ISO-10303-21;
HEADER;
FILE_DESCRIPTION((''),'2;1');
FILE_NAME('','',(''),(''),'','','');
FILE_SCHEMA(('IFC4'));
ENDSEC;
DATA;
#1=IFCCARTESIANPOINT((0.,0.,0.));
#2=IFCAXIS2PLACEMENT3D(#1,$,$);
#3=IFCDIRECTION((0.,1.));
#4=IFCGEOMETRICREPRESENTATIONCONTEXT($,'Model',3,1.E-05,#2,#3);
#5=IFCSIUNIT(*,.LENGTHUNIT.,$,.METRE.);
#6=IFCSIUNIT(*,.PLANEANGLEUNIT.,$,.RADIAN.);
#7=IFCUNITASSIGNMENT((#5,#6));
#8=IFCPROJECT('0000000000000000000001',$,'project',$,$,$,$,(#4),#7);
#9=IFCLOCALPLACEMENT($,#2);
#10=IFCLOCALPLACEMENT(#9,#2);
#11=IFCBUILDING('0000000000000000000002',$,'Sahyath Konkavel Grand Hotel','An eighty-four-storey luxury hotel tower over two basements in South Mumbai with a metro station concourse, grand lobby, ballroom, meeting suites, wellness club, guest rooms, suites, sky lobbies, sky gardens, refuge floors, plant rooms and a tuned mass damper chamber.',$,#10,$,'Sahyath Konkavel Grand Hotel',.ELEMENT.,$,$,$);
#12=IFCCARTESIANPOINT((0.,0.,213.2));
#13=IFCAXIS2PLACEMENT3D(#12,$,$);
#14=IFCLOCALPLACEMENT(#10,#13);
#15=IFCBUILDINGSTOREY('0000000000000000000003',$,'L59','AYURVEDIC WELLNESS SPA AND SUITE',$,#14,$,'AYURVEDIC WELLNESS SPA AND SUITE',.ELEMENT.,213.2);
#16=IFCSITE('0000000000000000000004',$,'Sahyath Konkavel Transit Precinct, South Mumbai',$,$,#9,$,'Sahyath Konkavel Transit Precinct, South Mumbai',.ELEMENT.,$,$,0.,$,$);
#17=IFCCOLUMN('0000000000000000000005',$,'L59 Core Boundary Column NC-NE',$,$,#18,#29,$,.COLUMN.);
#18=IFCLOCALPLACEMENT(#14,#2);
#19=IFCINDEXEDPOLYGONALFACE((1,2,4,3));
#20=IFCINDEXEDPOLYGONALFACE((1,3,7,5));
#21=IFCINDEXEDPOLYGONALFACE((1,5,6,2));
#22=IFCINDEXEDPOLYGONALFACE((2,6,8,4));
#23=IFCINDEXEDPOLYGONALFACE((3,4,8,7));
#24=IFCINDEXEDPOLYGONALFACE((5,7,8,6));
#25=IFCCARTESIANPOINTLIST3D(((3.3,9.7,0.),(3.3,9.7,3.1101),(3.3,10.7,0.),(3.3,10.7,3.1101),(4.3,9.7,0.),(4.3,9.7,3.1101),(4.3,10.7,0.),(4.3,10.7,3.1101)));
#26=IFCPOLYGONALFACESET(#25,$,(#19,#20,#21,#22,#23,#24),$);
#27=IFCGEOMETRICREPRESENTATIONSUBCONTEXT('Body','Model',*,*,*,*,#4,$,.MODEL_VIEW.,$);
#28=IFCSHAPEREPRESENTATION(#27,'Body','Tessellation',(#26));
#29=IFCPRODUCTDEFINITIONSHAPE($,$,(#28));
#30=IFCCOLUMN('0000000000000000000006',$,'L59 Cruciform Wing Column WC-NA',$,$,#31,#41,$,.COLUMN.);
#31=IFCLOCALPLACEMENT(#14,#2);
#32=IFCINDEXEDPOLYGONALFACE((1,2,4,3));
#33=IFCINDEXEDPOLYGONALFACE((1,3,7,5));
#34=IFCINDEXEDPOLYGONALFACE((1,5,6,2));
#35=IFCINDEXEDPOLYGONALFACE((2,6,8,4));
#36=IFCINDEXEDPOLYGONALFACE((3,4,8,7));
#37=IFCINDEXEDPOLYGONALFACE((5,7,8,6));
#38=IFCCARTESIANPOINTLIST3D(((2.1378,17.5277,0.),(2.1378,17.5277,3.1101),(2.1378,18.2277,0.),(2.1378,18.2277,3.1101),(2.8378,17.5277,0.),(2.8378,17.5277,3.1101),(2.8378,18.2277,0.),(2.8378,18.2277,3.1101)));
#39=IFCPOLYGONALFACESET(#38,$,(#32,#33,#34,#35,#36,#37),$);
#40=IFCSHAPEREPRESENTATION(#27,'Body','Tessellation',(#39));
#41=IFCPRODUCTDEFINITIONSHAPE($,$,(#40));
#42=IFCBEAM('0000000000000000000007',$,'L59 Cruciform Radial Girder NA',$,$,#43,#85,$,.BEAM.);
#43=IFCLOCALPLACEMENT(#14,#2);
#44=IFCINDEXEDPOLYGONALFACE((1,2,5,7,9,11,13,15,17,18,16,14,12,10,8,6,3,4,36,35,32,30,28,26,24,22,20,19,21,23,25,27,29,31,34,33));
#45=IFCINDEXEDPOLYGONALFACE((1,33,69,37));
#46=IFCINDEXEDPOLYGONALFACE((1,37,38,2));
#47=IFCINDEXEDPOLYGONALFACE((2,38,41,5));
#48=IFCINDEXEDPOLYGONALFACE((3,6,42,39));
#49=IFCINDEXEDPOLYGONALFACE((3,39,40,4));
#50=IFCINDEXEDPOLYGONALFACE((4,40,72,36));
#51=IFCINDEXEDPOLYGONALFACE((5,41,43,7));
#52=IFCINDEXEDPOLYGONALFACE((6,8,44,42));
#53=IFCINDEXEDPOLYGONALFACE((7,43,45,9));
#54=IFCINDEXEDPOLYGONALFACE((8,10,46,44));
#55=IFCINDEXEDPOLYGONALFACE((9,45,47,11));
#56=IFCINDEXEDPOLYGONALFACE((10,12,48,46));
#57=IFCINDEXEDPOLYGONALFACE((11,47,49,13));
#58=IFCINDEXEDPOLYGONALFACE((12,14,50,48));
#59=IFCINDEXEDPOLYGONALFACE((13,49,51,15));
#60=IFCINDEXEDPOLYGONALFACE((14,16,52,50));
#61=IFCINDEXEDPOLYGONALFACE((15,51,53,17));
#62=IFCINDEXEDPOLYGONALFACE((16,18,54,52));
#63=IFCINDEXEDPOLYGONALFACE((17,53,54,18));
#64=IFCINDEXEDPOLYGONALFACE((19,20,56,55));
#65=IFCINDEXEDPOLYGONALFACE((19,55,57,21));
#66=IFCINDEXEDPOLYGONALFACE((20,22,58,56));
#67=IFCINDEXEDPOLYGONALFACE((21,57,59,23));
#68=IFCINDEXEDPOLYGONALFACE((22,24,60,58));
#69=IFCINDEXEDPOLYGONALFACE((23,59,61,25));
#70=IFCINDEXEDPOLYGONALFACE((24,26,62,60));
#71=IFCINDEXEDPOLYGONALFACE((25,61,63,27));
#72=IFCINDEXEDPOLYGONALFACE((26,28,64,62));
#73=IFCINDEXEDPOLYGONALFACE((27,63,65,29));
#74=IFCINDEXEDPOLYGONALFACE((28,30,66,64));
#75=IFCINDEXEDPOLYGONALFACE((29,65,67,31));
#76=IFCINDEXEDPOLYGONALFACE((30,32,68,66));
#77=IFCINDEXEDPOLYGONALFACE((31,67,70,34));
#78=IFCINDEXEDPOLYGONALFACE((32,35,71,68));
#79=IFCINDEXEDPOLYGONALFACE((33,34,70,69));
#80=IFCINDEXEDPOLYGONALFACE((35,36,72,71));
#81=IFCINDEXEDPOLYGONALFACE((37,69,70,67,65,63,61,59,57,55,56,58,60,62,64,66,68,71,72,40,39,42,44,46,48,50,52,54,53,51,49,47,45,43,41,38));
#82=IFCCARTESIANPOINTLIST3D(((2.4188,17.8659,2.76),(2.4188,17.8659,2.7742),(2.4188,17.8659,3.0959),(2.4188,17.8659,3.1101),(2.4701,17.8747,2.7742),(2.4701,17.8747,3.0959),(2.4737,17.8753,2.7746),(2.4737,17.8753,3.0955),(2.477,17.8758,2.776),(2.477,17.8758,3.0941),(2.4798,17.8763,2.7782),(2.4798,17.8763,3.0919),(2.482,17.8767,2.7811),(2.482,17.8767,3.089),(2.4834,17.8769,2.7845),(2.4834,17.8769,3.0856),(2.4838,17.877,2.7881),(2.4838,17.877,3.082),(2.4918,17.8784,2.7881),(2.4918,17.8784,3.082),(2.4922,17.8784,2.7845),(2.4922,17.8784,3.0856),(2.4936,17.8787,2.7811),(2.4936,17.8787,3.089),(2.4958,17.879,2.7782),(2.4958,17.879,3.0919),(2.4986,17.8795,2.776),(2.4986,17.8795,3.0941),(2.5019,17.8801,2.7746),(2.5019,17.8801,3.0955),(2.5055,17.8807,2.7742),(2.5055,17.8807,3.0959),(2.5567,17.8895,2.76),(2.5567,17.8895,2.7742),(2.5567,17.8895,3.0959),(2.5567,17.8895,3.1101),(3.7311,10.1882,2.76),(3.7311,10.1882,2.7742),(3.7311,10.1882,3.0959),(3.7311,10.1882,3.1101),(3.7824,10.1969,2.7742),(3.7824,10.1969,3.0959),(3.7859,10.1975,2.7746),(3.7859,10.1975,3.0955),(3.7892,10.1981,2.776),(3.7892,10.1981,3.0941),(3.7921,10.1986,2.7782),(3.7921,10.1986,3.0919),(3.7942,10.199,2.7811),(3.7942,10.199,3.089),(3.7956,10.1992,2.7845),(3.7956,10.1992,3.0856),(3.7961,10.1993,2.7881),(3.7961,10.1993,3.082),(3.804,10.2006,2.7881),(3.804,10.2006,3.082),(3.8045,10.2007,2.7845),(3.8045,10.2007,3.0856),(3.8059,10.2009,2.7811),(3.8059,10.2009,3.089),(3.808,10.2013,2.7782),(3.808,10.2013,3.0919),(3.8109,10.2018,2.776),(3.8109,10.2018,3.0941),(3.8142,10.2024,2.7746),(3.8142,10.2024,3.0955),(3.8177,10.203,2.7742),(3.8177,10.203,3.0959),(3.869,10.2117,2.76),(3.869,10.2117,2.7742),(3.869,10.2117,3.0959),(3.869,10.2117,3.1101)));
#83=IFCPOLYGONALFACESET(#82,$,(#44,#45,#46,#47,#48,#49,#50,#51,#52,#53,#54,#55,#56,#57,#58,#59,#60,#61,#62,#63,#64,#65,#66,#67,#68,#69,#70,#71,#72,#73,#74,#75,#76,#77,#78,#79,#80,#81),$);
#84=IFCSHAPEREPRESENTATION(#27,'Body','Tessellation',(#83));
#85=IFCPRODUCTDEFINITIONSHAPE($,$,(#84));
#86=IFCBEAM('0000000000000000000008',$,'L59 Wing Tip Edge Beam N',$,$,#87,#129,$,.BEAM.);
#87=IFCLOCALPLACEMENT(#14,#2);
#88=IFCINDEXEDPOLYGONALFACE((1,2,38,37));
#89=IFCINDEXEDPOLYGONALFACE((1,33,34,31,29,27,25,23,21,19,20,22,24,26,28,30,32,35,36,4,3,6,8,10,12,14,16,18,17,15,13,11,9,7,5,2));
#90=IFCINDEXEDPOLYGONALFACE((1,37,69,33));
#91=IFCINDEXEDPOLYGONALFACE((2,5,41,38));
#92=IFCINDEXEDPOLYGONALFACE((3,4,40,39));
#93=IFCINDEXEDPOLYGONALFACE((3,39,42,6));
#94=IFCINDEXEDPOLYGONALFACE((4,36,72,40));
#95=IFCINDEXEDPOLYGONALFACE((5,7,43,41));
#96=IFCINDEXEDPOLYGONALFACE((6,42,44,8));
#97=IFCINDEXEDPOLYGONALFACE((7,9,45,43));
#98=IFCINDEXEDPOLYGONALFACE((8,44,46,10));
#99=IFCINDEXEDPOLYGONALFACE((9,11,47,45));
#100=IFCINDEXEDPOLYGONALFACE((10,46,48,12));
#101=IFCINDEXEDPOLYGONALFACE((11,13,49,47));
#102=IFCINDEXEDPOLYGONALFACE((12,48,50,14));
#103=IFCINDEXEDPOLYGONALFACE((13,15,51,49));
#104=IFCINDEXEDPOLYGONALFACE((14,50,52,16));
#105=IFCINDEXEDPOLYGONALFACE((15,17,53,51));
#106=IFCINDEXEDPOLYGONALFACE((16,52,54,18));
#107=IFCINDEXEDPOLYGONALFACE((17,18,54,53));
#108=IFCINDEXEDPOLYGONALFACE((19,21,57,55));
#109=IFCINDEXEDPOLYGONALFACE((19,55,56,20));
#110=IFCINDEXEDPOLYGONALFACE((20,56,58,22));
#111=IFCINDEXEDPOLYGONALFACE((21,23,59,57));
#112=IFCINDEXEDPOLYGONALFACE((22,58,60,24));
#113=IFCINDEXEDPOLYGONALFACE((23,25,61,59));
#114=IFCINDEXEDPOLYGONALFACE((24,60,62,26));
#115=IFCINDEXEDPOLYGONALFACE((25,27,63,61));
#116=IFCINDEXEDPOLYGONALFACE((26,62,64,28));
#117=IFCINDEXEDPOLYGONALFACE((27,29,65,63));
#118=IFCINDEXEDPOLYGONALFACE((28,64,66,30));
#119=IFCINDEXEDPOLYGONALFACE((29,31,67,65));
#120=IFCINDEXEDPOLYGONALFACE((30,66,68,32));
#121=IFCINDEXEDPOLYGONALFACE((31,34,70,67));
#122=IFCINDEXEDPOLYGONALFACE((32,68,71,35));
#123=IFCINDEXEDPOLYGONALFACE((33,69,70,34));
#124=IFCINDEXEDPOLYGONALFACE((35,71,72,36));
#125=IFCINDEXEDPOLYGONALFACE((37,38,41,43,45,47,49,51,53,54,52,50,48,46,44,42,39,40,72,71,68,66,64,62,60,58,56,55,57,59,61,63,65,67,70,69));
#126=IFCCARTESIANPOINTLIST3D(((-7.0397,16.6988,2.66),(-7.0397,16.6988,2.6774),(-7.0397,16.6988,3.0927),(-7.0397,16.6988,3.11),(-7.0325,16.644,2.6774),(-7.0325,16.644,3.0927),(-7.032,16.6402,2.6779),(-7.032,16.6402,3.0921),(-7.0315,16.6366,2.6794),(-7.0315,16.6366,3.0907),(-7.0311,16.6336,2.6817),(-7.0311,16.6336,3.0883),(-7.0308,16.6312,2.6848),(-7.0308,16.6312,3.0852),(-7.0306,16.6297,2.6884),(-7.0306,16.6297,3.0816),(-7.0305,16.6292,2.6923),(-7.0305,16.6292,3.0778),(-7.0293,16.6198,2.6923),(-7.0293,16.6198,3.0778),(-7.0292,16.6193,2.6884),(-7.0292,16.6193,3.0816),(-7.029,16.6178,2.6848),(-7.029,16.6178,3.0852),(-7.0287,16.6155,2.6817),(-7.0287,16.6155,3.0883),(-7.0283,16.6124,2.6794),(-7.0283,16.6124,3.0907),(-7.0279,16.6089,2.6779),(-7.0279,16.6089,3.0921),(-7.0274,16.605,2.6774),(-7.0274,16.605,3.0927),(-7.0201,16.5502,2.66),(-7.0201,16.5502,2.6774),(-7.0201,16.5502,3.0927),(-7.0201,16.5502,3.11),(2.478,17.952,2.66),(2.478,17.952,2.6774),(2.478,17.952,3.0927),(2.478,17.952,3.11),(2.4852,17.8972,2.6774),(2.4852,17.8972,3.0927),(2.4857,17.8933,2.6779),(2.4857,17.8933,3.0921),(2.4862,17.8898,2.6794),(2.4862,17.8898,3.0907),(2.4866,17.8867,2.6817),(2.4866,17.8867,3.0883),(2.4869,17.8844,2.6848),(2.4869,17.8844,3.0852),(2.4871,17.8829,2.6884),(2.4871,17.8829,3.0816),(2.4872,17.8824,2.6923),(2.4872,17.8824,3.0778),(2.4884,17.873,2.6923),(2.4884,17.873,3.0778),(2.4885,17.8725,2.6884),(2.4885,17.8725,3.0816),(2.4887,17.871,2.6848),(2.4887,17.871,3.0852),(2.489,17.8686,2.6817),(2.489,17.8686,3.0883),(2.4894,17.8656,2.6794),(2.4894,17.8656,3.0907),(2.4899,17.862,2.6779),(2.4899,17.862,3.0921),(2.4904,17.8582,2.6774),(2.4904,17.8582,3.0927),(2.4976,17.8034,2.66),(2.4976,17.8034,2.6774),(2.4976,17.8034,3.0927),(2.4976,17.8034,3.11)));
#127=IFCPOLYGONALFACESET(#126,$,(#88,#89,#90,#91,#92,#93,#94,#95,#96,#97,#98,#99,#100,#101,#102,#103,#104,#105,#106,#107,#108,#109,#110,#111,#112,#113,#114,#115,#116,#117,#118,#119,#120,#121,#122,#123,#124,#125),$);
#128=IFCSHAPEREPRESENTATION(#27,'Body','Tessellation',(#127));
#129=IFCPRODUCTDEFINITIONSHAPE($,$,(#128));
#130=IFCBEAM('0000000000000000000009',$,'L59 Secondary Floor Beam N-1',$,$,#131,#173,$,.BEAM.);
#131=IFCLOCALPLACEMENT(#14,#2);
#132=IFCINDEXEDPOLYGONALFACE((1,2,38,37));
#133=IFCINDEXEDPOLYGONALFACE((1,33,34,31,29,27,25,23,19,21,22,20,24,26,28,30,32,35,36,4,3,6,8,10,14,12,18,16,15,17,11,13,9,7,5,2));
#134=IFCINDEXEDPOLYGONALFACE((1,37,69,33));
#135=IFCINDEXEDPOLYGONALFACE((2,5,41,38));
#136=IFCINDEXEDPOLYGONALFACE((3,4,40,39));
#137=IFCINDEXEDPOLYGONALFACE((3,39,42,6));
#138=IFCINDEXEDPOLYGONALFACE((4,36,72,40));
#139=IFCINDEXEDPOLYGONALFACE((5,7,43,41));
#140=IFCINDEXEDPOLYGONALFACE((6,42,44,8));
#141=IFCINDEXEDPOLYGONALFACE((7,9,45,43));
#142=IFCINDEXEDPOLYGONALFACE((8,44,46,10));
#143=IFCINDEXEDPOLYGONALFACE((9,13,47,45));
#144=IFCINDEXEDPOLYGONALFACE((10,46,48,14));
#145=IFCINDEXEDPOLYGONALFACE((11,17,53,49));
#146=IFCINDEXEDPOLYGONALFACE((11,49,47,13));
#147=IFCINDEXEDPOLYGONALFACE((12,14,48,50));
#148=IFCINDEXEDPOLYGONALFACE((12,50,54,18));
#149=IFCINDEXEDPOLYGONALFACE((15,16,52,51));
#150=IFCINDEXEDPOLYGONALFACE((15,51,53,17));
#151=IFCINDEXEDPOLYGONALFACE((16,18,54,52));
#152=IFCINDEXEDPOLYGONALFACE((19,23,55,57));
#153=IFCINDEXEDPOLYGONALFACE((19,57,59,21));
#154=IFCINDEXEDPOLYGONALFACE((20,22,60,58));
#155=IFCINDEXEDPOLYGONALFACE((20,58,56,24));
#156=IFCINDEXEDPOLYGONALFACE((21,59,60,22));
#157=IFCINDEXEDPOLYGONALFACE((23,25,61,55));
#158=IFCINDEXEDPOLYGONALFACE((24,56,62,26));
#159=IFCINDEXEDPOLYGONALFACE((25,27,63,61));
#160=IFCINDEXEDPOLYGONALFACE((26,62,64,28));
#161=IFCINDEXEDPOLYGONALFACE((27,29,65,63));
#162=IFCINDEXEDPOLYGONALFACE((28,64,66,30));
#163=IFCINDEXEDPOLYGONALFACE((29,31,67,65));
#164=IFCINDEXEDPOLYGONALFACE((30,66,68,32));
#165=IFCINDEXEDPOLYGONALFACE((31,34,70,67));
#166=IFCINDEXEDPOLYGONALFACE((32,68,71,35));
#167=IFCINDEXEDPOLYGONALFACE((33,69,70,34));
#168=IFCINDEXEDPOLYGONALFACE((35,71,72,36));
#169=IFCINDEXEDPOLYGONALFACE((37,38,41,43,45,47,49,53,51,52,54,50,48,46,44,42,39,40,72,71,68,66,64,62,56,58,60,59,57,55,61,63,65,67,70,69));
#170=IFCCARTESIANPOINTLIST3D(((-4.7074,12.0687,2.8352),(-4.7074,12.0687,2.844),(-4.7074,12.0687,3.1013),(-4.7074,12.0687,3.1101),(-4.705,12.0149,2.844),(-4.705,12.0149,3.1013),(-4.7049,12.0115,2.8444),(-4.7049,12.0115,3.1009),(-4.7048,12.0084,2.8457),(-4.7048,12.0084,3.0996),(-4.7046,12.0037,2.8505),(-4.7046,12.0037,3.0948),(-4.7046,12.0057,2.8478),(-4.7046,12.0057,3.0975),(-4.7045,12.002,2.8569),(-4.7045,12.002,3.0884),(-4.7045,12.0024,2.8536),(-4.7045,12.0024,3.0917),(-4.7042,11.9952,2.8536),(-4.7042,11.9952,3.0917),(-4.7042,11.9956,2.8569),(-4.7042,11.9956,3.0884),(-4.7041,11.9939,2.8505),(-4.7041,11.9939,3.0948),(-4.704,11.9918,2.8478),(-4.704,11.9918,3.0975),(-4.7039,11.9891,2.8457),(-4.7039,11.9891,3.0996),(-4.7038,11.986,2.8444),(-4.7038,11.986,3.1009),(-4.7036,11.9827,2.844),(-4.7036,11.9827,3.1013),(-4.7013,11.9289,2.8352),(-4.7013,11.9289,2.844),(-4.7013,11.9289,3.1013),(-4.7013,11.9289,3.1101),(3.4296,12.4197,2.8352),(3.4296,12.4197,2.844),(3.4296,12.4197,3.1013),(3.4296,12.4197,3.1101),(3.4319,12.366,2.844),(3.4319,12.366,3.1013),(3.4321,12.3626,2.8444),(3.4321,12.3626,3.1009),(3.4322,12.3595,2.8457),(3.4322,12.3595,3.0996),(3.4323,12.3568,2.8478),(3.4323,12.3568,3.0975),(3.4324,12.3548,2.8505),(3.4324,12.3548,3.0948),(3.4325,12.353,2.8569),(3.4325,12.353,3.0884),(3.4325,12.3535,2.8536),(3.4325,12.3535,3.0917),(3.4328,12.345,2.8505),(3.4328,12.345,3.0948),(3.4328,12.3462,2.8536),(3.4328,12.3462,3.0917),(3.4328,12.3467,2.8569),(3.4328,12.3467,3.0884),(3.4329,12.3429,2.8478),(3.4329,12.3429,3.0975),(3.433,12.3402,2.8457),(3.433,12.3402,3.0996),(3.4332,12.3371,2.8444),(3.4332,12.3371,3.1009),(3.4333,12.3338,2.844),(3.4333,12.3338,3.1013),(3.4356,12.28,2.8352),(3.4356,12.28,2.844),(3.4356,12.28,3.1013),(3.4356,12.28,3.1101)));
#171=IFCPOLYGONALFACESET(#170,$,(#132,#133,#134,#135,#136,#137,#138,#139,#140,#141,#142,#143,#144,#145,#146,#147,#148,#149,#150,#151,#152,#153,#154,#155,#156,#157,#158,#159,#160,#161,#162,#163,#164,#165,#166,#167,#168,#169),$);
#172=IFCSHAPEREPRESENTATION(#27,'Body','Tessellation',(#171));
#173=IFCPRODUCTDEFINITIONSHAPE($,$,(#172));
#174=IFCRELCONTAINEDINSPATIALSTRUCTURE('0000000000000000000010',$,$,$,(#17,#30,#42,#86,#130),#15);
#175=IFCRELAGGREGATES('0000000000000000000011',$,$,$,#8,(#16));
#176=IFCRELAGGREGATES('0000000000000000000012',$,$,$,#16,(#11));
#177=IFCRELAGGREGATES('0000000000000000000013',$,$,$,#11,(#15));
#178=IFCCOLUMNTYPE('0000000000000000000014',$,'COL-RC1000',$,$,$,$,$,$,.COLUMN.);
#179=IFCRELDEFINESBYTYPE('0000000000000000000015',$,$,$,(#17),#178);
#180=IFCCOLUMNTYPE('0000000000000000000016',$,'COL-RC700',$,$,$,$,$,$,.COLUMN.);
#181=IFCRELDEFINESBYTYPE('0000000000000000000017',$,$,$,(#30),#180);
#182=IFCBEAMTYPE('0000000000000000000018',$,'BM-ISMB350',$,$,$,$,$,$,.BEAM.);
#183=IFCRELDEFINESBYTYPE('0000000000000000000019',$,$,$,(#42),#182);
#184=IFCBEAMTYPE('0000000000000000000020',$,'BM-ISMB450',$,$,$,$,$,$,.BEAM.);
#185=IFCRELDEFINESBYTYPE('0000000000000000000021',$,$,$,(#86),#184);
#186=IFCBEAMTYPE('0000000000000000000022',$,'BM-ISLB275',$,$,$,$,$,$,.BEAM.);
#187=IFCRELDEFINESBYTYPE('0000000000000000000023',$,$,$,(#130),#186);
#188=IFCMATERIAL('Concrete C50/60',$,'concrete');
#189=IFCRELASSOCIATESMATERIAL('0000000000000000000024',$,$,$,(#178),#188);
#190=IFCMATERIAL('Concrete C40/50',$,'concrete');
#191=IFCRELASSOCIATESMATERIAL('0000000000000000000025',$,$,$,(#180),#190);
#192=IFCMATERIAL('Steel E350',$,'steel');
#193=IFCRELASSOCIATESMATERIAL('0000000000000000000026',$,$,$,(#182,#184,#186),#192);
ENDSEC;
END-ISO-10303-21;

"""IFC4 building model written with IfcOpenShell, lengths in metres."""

from ifc_helpers import new_model, si_unit, direction, frame, origin, origin_2d, place, context, subcontext, project, spatial, rectangle, i_section, extrude, source, transform, mapped, material, material_profile, profile_set, type_object, element, save


model = new_model("IFC4")

# Units and contexts
model_context = context("Model", 3, precision=1e-05, world=origin(), true_north=direction((0.0, 1.0)))
body_context = subcontext(model_context, "Body", "Model", "MODEL_VIEW")
ifc_project = project(units=[si_unit("LENGTHUNIT", "METRE"), si_unit("PLANEANGLEUNIT", "RADIAN")], contexts=[model_context])

# Site, building, storey
site_placement = place(None, origin())
site = spatial("IfcSite", under=ifc_project, at=site_placement, Name="Sahyath Konkavel Transit Precinct, South Mumbai", LongName="Sahyath Konkavel Transit Precinct, South Mumbai", CompositionType="ELEMENT", RefElevation=0.0)
building_placement = place(site_placement, origin())
building = spatial("IfcBuilding", under=site, at=building_placement, Name="Sahyath Konkavel Grand Hotel", Description="An eighty-four-storey luxury hotel tower over two basements in South Mumbai with a metro station concourse, grand lobby, ballroom, meeting suites, wellness club, guest rooms, suites, sky lobbies, sky gardens, refuge floors, plant rooms and a tuned mass damper chamber.", LongName="Sahyath Konkavel Grand Hotel", CompositionType="ELEMENT")
storey_placement = place(building_placement, frame((0.0, 0.0, 213.2)))
storey = spatial("IfcBuildingStorey", under=building, at=storey_placement, Name="L59", Description="AYURVEDIC WELLNESS SPA AND SUITE", LongName="AYURVEDIC WELLNESS SPA AND SUITE", CompositionType="ELEMENT", Elevation=213.2)

# Columns
ifc_material_1 = material(Name="Concrete C50/60", Category="concrete")
ifc_material_profile_1 = material_profile(ifc_material_1, rectangle(XDim=1.0, YDim=1.0, at=origin_2d()), Name="RC 1000x1000")
ifc_profile_set_1 = profile_set([ifc_material_profile_1], Name="Concrete C50/60")
column_type_1 = type_object("IfcColumnType", Name="COL-RC1000", PredefinedType="COLUMN", material=ifc_profile_set_1)
shared_shape_1 = source(origin(), body_context, "Body", "SweptSolid", [
    extrude(rectangle(XDim=1.0, YDim=1.0, at=origin_2d()), origin(), (0.0, 0.0, 1.0), 3.1101),
])
column_1_placement = place(storey_placement, frame((3.8, 10.2, 0.0), z_axis=(0.0, 0.0, 1.0), x_axis=(1.0, 0.0, 0.0)))
element("IfcColumn", 1, at=column_1_placement, inside=storey, type_object=column_type_1, Name="L59 Core Boundary Column NC-NE", PredefinedType="COLUMN", context=body_context, shape_type="MappedRepresentation", body=[
    mapped(shared_shape_1, transform((0.0, 0.0, 0.0), scale=1.0)),
])
ifc_material_2 = material(Name="Concrete C40/50", Category="concrete")
ifc_material_profile_2 = material_profile(ifc_material_2, rectangle(XDim=0.7, YDim=0.7, at=origin_2d()), Name="RC 700x700")
ifc_profile_set_2 = profile_set([ifc_material_profile_2], Name="Concrete C40/50")
column_type_2 = type_object("IfcColumnType", Name="COL-RC700", PredefinedType="COLUMN", material=ifc_profile_set_2)
shared_shape_2 = source(origin(), body_context, "Body", "SweptSolid", [
    extrude(rectangle(XDim=0.7, YDim=0.7, at=origin_2d()), origin(), (0.0, 0.0, 1.0), 3.1101),
])
column_2_placement = place(storey_placement, frame((2.4878, 17.8777, 0.0), z_axis=(0.0, 0.0, 1.0), x_axis=(1.0, 0.0, 0.0)))
element("IfcColumn", 2, at=column_2_placement, inside=storey, type_object=column_type_2, Name="L59 Cruciform Wing Column WC-NA", PredefinedType="COLUMN", context=body_context, shape_type="MappedRepresentation", body=[
    mapped(shared_shape_2, transform((0.0, 0.0, 0.0), scale=1.0)),
])

# Beams
ifc_material_3 = material(Name="Steel E350", Category="steel")
ifc_material_profile_3 = material_profile(ifc_material_3, i_section(OverallWidth=0.1399, OverallDepth=0.3501, WebThickness=0.0081, FlangeThickness=0.0142, FilletRadius=0.0139, at=origin_2d()), Name="ISMB 350")
ifc_profile_set_3 = profile_set([ifc_material_profile_3], Name="Steel E350")
beam_type_1 = type_object("IfcBeamType", Name="BM-ISMB350", PredefinedType="BEAM", material=ifc_profile_set_3)
shared_shape_3 = source(origin(), body_context, "Body", "SweptSolid", [
    extrude(i_section(OverallWidth=0.1399, OverallDepth=0.3501, WebThickness=0.0081, FlangeThickness=0.0142, FilletRadius=0.0139, at=origin_2d()), origin(), (0.0, 0.0, 1.0), 7.7891),
])
beam_1_placement = place(storey_placement, frame((3.8, 10.2, 2.9351), z_axis=(-0.168474, 0.985706, 0.0), x_axis=(-0.985706, -0.168474, 0.0)))
element("IfcBeam", 3, at=beam_1_placement, inside=storey, type_object=beam_type_1, Name="L59 Cruciform Radial Girder NA", PredefinedType="BEAM", context=body_context, shape_type="MappedRepresentation", body=[
    mapped(shared_shape_3, transform((0.0, 0.0, 0.0), scale=1.0)),
])
ifc_material_profile_4 = material_profile(ifc_material_3, i_section(OverallWidth=0.1499, OverallDepth=0.45, WebThickness=0.0095, FlangeThickness=0.0173, FilletRadius=0.0149, at=origin_2d()), Name="ISMB 450")
ifc_profile_set_4 = profile_set([ifc_material_profile_4], Name="Steel E350")
beam_type_2 = type_object("IfcBeamType", Name="BM-ISMB450", PredefinedType="BEAM", material=ifc_profile_set_4)
shared_shape_4 = source(origin(), body_context, "Body", "SweptSolid", [
    extrude(i_section(OverallWidth=0.1499, OverallDepth=0.45, WebThickness=0.0095, FlangeThickness=0.0173, FilletRadius=0.0149, at=origin_2d()), origin(), (0.0, 0.0, 1.0), 9.5999),
])
beam_2_placement = place(storey_placement, frame((2.4878, 17.8777, 2.885), z_axis=(-0.991443, -0.130539, 0.0), x_axis=(0.130539, -0.991443, 0.0)))
element("IfcBeam", 4, at=beam_2_placement, inside=storey, type_object=beam_type_2, Name="L59 Wing Tip Edge Beam N", PredefinedType="BEAM", context=body_context, shape_type="MappedRepresentation", body=[
    mapped(shared_shape_4, transform((0.0, 0.0, 0.0), scale=1.0)),
])
ifc_material_profile_5 = material_profile(ifc_material_3, i_section(OverallWidth=0.1399, OverallDepth=0.2749, WebThickness=0.0063, FlangeThickness=0.0088, FilletRadius=0.0129, at=origin_2d()), Name="ISLB 275")
ifc_profile_set_5 = profile_set([ifc_material_profile_5], Name="Steel E350")
beam_type_3 = type_object("IfcBeamType", Name="BM-ISLB275", PredefinedType="BEAM", material=ifc_profile_set_5)
shared_shape_5 = source(origin(), body_context, "Body", "SweptSolid", [
    extrude(i_section(OverallWidth=0.1399, OverallDepth=0.2749, WebThickness=0.0063, FlangeThickness=0.0088, FilletRadius=0.0129, at=origin_2d()), origin(), (0.0, 0.0, 1.0), 8.1445),
])
beam_3_placement = place(storey_placement, frame((3.4326, 12.3499, 2.9727), z_axis=(-0.999071, -0.043106, 0.0), x_axis=(0.043106, -0.999071, 0.0)))
element("IfcBeam", 5, at=beam_3_placement, inside=storey, type_object=beam_type_3, Name="L59 Secondary Floor Beam N-1", PredefinedType="BEAM", context=body_context, shape_type="MappedRepresentation", body=[
    mapped(shared_shape_5, transform((0.0, 0.0, 0.0), scale=1.0)),
])

save(model, "model.ifc")
